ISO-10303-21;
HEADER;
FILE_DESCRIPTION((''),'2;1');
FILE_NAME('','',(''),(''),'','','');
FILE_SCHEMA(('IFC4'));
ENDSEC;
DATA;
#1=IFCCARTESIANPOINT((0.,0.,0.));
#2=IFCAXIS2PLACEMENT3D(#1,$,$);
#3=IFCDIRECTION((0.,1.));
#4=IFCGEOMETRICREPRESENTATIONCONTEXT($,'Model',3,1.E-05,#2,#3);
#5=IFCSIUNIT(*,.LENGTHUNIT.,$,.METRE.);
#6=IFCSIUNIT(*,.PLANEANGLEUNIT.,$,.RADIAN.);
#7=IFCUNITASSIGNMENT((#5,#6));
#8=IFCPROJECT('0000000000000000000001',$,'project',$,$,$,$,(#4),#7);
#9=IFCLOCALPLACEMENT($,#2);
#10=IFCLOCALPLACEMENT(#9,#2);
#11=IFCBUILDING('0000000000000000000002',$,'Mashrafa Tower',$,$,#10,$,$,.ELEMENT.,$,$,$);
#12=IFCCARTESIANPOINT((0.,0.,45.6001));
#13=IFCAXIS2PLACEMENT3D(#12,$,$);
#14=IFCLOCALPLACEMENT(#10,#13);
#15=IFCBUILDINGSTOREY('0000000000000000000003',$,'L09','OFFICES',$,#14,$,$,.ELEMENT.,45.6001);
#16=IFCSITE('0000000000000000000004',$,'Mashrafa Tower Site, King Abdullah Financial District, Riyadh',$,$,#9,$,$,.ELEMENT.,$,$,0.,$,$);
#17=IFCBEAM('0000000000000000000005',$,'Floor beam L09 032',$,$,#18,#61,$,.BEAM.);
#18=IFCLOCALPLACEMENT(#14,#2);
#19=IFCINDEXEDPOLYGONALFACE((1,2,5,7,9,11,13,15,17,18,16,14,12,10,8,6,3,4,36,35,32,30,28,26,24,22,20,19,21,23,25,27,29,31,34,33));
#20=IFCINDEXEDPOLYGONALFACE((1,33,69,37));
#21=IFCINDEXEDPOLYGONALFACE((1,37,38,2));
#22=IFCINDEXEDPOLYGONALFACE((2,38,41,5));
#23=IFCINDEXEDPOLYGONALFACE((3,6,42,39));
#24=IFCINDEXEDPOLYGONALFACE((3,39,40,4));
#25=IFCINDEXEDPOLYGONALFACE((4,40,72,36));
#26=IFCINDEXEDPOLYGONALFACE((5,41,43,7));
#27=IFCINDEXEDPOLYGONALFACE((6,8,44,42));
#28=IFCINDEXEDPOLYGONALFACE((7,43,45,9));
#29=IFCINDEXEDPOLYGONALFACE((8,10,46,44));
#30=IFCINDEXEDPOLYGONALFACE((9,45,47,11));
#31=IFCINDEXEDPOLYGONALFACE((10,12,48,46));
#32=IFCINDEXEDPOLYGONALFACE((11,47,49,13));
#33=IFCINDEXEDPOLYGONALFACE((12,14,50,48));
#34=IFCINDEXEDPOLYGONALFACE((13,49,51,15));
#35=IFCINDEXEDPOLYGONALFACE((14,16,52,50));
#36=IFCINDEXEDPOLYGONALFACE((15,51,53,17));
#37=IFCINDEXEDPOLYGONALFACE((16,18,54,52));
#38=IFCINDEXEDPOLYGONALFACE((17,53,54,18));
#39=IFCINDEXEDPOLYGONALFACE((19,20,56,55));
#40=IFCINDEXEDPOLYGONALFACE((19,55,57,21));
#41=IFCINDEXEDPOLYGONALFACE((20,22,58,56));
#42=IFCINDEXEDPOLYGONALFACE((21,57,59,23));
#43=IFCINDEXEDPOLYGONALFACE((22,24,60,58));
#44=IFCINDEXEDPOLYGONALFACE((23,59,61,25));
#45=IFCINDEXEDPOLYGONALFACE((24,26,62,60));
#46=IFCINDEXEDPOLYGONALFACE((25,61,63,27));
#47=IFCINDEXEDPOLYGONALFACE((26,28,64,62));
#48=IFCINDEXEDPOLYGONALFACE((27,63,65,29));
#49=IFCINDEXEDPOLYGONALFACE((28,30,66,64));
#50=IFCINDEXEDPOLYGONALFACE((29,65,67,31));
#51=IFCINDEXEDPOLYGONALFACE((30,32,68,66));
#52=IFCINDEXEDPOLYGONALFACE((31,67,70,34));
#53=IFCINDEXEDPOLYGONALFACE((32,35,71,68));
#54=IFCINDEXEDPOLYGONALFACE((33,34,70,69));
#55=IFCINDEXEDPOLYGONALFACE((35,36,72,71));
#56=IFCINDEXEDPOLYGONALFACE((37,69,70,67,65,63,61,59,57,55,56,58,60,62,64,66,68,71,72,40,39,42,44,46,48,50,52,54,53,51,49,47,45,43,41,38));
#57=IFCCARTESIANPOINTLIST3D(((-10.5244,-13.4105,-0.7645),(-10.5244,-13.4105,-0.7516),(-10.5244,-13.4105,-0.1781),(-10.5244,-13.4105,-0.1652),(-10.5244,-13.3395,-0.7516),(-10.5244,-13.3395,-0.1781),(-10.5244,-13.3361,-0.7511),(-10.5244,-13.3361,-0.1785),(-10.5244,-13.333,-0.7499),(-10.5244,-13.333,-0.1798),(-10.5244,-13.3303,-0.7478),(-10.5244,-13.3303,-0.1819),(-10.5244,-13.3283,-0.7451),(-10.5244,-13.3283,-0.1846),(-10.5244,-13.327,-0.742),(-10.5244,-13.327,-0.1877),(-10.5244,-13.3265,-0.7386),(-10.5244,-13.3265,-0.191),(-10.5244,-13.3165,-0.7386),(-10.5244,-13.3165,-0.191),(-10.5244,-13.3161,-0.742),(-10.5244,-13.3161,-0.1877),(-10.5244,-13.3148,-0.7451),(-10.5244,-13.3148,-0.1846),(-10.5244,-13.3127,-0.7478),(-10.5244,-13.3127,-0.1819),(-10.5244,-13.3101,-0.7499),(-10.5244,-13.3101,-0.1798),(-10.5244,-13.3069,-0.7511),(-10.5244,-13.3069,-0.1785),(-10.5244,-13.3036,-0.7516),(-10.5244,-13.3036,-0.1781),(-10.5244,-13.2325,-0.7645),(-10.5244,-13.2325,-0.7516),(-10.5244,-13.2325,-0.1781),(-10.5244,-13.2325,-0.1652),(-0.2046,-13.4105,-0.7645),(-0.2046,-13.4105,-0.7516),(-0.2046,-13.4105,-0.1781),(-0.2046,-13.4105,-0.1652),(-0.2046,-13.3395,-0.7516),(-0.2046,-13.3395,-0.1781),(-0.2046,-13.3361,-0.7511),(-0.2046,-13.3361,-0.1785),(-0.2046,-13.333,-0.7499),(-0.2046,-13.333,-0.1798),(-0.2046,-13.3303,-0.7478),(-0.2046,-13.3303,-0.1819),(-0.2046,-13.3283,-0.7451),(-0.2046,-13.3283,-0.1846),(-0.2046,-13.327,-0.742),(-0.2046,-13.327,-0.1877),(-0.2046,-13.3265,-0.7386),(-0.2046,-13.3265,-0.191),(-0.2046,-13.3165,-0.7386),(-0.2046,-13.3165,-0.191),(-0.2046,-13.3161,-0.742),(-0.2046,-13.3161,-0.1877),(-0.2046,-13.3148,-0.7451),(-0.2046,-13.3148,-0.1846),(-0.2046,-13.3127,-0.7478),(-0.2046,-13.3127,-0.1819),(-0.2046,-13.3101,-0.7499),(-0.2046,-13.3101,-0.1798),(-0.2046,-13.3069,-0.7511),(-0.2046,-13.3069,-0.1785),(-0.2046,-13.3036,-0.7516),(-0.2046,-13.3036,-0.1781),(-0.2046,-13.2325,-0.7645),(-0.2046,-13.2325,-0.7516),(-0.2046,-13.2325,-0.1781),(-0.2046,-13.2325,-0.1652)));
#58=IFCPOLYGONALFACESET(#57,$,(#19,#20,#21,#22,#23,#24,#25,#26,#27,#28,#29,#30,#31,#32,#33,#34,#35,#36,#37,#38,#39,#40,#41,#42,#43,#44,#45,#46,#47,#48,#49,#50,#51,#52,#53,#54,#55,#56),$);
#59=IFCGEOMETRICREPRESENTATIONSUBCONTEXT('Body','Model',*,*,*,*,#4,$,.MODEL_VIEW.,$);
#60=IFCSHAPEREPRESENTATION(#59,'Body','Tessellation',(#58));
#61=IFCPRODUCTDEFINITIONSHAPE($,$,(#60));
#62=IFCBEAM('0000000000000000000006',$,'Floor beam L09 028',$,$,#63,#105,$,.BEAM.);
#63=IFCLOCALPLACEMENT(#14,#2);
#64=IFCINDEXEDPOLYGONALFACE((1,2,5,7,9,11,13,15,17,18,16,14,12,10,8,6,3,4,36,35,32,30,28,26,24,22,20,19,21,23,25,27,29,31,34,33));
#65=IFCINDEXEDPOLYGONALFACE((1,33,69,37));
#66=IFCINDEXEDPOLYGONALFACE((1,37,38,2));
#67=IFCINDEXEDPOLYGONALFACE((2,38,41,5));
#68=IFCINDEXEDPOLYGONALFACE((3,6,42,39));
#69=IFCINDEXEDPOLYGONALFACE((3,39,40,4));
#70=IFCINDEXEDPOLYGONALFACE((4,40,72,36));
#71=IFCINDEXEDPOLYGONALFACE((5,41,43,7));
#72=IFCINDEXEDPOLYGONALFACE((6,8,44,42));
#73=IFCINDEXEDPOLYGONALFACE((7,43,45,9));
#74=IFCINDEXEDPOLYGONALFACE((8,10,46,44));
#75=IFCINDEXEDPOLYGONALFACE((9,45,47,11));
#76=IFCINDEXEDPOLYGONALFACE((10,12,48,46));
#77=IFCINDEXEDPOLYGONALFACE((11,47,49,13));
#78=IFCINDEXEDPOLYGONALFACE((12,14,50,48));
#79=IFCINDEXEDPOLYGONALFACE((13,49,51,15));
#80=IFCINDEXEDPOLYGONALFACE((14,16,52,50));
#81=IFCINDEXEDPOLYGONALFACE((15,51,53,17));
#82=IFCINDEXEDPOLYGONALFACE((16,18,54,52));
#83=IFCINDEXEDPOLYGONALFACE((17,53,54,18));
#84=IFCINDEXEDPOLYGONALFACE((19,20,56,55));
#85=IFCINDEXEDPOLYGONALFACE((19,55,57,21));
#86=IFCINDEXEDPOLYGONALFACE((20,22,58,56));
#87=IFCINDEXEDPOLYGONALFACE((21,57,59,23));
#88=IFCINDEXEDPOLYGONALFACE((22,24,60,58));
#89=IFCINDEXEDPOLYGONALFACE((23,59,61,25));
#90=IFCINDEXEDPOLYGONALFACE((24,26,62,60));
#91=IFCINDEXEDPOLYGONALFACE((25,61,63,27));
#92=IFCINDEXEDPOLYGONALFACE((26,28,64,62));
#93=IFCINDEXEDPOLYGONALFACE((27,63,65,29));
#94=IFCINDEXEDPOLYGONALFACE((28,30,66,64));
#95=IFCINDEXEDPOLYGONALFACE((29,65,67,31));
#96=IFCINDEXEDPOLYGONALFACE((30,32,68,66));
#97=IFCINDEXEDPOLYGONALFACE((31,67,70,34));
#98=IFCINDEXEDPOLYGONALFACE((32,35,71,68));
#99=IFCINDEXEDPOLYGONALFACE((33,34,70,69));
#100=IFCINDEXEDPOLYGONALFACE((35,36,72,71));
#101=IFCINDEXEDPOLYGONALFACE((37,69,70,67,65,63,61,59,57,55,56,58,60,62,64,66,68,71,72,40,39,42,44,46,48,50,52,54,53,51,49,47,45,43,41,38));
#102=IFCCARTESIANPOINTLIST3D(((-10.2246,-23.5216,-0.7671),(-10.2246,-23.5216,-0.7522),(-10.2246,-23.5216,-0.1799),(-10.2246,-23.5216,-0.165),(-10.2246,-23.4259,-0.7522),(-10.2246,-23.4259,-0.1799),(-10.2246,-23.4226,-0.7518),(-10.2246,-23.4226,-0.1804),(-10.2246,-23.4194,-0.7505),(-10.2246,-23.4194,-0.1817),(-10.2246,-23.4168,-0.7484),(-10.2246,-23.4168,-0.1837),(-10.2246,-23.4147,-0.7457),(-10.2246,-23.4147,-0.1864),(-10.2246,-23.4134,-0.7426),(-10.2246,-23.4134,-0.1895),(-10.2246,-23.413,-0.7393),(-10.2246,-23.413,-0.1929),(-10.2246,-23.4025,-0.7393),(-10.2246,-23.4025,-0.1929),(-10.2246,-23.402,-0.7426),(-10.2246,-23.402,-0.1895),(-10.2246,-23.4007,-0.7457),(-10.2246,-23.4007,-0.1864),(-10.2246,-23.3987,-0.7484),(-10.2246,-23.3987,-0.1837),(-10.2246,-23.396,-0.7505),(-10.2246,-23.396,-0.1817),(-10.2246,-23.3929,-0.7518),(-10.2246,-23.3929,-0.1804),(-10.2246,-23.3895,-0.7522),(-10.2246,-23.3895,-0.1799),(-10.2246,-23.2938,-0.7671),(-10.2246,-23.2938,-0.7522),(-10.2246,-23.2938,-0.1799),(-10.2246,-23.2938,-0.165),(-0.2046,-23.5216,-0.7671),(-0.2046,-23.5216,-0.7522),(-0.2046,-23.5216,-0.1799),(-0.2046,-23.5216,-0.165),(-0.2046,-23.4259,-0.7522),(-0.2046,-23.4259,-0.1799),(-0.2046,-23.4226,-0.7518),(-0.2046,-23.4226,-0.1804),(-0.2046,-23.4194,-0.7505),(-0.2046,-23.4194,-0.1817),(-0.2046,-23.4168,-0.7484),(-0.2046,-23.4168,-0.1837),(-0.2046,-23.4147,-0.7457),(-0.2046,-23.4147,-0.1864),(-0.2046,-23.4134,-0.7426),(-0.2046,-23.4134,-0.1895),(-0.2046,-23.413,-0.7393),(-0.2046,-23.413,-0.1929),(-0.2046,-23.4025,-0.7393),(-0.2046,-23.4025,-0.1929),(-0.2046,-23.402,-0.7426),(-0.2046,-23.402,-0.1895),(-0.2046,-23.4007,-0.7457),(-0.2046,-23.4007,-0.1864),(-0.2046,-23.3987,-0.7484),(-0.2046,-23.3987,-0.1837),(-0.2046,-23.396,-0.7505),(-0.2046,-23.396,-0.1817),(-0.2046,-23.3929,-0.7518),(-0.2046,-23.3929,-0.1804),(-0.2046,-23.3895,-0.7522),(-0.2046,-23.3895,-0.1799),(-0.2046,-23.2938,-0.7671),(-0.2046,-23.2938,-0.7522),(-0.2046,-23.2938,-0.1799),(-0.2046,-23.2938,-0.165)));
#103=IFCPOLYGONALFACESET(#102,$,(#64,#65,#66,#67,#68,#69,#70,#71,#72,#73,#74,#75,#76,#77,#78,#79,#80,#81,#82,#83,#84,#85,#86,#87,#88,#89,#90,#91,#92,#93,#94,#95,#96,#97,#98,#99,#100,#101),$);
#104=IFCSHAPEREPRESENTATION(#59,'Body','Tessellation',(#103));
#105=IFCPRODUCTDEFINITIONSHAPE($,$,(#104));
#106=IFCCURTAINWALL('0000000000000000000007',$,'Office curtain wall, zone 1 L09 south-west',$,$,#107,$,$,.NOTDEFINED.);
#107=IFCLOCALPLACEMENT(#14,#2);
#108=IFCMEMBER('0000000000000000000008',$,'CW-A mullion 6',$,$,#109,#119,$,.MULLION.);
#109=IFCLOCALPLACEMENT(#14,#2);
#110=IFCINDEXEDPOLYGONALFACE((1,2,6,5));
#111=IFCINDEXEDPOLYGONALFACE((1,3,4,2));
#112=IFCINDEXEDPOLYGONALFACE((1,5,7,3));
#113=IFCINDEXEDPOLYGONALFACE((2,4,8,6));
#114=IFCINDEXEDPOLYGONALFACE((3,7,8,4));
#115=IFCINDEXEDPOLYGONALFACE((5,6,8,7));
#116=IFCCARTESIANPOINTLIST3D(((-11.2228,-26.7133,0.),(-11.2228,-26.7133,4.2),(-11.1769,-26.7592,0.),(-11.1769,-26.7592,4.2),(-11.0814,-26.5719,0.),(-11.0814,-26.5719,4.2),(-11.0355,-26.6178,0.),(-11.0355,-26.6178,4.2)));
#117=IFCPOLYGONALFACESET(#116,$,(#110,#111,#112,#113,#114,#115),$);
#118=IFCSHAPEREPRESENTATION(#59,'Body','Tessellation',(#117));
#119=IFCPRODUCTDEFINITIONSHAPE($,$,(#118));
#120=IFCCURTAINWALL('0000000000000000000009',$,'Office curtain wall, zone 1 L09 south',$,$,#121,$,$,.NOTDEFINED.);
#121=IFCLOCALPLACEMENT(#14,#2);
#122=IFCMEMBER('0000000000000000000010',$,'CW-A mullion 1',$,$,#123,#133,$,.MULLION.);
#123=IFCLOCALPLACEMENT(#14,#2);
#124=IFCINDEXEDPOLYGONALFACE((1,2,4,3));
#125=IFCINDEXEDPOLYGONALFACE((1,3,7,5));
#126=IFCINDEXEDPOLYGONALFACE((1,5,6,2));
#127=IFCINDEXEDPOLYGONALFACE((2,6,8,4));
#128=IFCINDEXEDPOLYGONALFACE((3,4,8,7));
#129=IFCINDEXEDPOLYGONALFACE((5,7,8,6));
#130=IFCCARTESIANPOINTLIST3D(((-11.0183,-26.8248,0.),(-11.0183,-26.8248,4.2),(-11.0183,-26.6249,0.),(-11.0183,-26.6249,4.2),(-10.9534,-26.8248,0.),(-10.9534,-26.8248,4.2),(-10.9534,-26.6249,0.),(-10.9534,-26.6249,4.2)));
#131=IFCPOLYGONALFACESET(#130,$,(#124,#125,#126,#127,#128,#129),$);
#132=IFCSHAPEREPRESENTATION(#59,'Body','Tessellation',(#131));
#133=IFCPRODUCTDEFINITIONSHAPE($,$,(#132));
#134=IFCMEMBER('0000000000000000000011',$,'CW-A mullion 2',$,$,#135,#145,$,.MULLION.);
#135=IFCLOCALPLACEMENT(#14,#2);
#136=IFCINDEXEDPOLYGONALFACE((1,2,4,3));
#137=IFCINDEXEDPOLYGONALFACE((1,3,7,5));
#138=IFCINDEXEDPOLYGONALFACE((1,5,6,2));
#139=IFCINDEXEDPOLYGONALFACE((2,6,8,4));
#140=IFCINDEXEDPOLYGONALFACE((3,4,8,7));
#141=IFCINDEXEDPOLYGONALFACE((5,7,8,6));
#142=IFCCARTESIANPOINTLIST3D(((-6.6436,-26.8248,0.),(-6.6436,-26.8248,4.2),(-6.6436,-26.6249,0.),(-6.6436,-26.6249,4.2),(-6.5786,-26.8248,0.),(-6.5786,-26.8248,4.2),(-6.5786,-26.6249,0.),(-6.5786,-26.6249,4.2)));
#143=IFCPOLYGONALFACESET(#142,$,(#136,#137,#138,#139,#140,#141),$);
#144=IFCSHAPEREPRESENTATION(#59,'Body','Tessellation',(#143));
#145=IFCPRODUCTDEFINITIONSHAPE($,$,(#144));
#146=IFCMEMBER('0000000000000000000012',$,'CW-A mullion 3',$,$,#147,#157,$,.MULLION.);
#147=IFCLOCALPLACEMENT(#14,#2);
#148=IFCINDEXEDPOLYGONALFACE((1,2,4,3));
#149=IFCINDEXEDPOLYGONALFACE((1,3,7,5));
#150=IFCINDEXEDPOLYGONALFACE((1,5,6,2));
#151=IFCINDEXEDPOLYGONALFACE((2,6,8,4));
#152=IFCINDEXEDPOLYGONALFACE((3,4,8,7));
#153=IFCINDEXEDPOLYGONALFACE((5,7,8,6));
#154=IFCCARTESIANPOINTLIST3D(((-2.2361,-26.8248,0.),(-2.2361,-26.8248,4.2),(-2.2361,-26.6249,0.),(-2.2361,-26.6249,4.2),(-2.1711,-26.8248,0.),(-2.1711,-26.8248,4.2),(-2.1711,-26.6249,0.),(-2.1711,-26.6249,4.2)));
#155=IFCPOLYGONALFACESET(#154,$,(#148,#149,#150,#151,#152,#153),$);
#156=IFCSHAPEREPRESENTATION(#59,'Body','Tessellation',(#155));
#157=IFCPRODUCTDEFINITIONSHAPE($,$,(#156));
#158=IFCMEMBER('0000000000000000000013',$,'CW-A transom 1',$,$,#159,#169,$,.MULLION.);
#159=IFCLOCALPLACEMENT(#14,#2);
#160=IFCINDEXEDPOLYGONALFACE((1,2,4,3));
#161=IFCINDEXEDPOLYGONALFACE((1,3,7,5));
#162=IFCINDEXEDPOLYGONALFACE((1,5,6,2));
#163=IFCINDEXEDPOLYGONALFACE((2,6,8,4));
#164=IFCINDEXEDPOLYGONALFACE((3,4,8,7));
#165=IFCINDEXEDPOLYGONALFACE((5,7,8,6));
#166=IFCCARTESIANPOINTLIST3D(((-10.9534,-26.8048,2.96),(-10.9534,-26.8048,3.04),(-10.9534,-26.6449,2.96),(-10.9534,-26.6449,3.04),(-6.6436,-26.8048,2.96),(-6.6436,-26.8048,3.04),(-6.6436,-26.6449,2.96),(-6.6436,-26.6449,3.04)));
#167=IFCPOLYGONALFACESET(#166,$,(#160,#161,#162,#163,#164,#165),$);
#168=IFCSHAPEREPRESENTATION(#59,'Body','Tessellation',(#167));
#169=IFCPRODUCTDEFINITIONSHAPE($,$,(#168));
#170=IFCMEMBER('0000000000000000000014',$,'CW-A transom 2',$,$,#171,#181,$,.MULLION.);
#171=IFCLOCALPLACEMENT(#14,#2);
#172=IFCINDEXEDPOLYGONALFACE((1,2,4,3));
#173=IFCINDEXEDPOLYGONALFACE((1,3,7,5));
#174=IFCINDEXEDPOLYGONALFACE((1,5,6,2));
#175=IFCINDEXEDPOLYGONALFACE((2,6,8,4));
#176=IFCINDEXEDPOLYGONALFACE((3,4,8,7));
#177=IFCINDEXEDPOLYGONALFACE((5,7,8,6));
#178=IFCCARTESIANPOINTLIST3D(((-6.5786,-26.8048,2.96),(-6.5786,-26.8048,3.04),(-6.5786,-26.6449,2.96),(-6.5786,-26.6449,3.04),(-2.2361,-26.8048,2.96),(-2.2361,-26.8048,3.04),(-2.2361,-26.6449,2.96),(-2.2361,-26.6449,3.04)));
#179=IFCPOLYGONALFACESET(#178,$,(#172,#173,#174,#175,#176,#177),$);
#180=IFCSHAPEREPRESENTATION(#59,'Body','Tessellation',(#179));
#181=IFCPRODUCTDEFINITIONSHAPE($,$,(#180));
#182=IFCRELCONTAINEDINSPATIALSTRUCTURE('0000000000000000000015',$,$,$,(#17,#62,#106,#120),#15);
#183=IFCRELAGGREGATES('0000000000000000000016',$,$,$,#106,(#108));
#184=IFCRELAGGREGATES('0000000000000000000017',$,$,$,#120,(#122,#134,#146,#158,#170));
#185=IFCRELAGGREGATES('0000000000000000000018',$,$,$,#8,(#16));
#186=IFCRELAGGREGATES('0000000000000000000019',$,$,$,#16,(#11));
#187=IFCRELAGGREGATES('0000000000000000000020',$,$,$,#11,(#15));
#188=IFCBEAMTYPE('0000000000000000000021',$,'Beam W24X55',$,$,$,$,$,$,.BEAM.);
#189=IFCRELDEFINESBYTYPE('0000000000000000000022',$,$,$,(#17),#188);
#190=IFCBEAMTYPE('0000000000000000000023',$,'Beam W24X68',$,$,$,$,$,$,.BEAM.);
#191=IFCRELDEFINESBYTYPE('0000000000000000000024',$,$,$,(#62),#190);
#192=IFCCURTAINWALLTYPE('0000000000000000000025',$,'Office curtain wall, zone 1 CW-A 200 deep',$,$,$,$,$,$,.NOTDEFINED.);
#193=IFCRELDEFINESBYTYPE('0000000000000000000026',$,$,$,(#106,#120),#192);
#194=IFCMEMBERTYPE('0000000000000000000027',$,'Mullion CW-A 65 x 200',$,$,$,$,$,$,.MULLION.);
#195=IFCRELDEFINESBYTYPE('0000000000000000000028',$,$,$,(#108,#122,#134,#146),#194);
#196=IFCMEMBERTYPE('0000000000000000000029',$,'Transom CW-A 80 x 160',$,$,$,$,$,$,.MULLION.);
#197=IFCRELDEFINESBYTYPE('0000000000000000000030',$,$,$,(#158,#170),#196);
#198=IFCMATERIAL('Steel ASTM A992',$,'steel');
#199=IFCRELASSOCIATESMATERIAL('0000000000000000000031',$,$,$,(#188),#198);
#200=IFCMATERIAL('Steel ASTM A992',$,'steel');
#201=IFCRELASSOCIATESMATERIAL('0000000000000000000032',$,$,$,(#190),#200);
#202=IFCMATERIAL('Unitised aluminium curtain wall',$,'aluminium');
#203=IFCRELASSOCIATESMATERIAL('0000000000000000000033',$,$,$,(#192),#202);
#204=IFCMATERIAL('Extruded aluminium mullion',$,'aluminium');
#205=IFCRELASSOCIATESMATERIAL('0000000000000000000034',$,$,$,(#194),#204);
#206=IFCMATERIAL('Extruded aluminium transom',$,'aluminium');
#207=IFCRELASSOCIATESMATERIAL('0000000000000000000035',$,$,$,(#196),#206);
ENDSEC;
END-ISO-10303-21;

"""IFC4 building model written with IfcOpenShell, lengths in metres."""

from ifc_helpers import new_model, si_unit, direction, frame, origin, origin_2d, place, context, subcontext, project, spatial, rectangle, i_section, extrude, source, transform, mapped, material, material_profile, profile_set, type_object, type_shapes, element, aggregate, save


model = new_model("IFC4")

# Units and contexts
model_context = context("Model", 3, precision=1e-05, world=origin(), true_north=direction((0.0, 1.0)))
body_context = subcontext(model_context, "Body", "Model", "MODEL_VIEW")
ifc_project = project(units=[si_unit("LENGTHUNIT", "METRE"), si_unit("PLANEANGLEUNIT", "RADIAN")], contexts=[model_context])

# Site, building, storey
site_placement = place(None, origin())
site = spatial("IfcSite", under=ifc_project, at=site_placement, Name="Mashrafa Tower Site, King Abdullah Financial District, Riyadh", CompositionType="ELEMENT", RefElevation=0.0)
building_placement = place(site_placement, origin())
building = spatial("IfcBuilding", under=site, at=building_placement, Name="Mashrafa Tower", CompositionType="ELEMENT")
storey_placement = place(building_placement, frame((0.0, 0.0, 45.6001)))
storey = spatial("IfcBuildingStorey", under=building, at=storey_placement, Name="L09", Description="OFFICES", CompositionType="ELEMENT", Elevation=45.6001)

# Beams
ifc_material_1 = material(Name="Steel ASTM A992", Category="steel")
ifc_material_profile_1 = material_profile(ifc_material_1, i_section(OverallWidth=0.178, OverallDepth=0.5994, WebThickness=0.01, FlangeThickness=0.0129, FilletRadius=0.0129, at=origin_2d()), Name="W24X55")
ifc_profile_set_1 = profile_set([ifc_material_profile_1], Name="Steel ASTM A992")
beam_type_1 = type_object("IfcBeamType", Name="Beam W24X55", PredefinedType="BEAM", material=ifc_profile_set_1)
beam_1_placement = place(storey_placement, frame((-0.2046, -13.3215, -0.4648), z_axis=(-1.0, 0.0, 0.0), x_axis=(0.0, -1.0, 0.0)))
element("IfcBeam", 1, at=beam_1_placement, inside=storey, type_object=beam_type_1, Name="Floor beam L09 032", PredefinedType="BEAM", context=body_context, shape_type="SweptSolid", body=[
    extrude(i_section(OverallWidth=0.178, OverallDepth=0.5994, WebThickness=0.01, FlangeThickness=0.0129, FilletRadius=0.0129, at=origin_2d()), origin(), (0.0, 0.0, 1.0), 10.3198),
])
ifc_material_2 = material(Name="Steel ASTM A992", Category="steel")
ifc_material_profile_2 = material_profile(ifc_material_2, i_section(OverallWidth=0.2278, OverallDepth=0.6021, WebThickness=0.0105, FlangeThickness=0.0149, FilletRadius=0.0129, at=origin_2d()), Name="W24X68")
ifc_profile_set_2 = profile_set([ifc_material_profile_2], Name="Steel ASTM A992")
beam_type_2 = type_object("IfcBeamType", Name="Beam W24X68", PredefinedType="BEAM", material=ifc_profile_set_2)
beam_2_placement = place(storey_placement, frame((-0.2046, -23.4077, -0.4661), z_axis=(-1.0, 0.0, 0.0), x_axis=(0.0, -1.0, 0.0)))
element("IfcBeam", 2, at=beam_2_placement, inside=storey, type_object=beam_type_2, Name="Floor beam L09 028", PredefinedType="BEAM", context=body_context, shape_type="SweptSolid", body=[
    extrude(i_section(OverallWidth=0.2278, OverallDepth=0.6021, WebThickness=0.0105, FlangeThickness=0.0149, FilletRadius=0.0129, at=origin_2d()), origin(), (0.0, 0.0, 1.0), 10.02),
])

# Curtain wall, member
ifc_material_3 = material(Name="Unitised aluminium curtain wall", Category="aluminium")
curtain_wall_type = type_object("IfcCurtainWallType", Name="Office curtain wall, zone 1 CW-A 200 deep", PredefinedType="NOTDEFINED", material=ifc_material_3)
curtain_wall_1_placement = place(storey_placement, origin())
curtain_wall_1 = element("IfcCurtainWall", 3, at=curtain_wall_1_placement, inside=storey, type_object=curtain_wall_type, Name="Office curtain wall, zone 1 L09 south-west", PredefinedType="NOTDEFINED")
ifc_material_4 = material(Name="Extruded aluminium mullion", Category="aluminium")
ifc_material_profile_3 = material_profile(ifc_material_4, rectangle(XDim=0.2, YDim=0.0649, at=origin_2d()), Name="Mullion 65x200")
ifc_profile_set_3 = profile_set([ifc_material_profile_3], Name="Extruded aluminium mullion")
member_type_1 = type_object("IfcMemberType", Name="Mullion CW-A 65 x 200", PredefinedType="MULLION", material=ifc_profile_set_3)
shared_shape_1 = source(origin(), body_context, "Body", "SweptSolid", [
    extrude(rectangle(XDim=0.2, YDim=0.0649, at=origin_2d()), origin(), (0.0, 0.0, 1.0), 4.2),
])
type_shapes(member_type_1, [shared_shape_1])
member_1_placement = place(storey_placement, frame((-11.1292, -26.6655, 0.0), z_axis=(0.0, 0.0, 1.0), x_axis=(0.707107, 0.707107, 0.0)))
member_1 = element("IfcMember", 4, at=member_1_placement, type_object=member_type_1, Name="CW-A mullion 6", PredefinedType="MULLION", context=body_context, shape_type="MappedRepresentation", body=[
    mapped(shared_shape_1, transform((0.0, 0.0, 0.0))),
])

# Curtain wall, members
curtain_wall_2_placement = place(storey_placement, origin())
curtain_wall_2 = element("IfcCurtainWall", 5, at=curtain_wall_2_placement, inside=storey, type_object=curtain_wall_type, Name="Office curtain wall, zone 1 L09 south", PredefinedType="NOTDEFINED")
member_2_placement = place(storey_placement, frame((-10.9858, -26.7249, 0.0), z_axis=(0.0, 0.0, 1.0), x_axis=(0.0, 1.0, 0.0)))
member_2 = element("IfcMember", 6, at=member_2_placement, type_object=member_type_1, Name="CW-A mullion 1", PredefinedType="MULLION", context=body_context, shape_type="MappedRepresentation", body=[
    mapped(shared_shape_1, transform((0.0, 0.0, 0.0))),
])
member_3_placement = place(storey_placement, frame((-6.6111, -26.7249, 0.0), z_axis=(0.0, 0.0, 1.0), x_axis=(0.0, 1.0, 0.0)))
member_3 = element("IfcMember", 7, at=member_3_placement, type_object=member_type_1, Name="CW-A mullion 2", PredefinedType="MULLION", context=body_context, shape_type="MappedRepresentation", body=[
    mapped(shared_shape_1, transform((0.0, 0.0, 0.0))),
])
member_4_placement = place(storey_placement, frame((-2.2036, -26.7249, 0.0), z_axis=(0.0, 0.0, 1.0), x_axis=(0.0, 1.0, 0.0)))
member_4 = element("IfcMember", 8, at=member_4_placement, type_object=member_type_1, Name="CW-A mullion 3", PredefinedType="MULLION", context=body_context, shape_type="MappedRepresentation", body=[
    mapped(shared_shape_1, transform((0.0, 0.0, 0.0))),
])
ifc_material_5 = material(Name="Extruded aluminium transom", Category="aluminium")
ifc_material_profile_4 = material_profile(ifc_material_5, rectangle(XDim=0.1599, YDim=0.0801, at=origin_2d()), Name="Transom 80x160")
ifc_profile_set_4 = profile_set([ifc_material_profile_4], Name="Extruded aluminium transom")
member_type_2 = type_object("IfcMemberType", Name="Transom CW-A 80 x 160", PredefinedType="MULLION", material=ifc_profile_set_4)
shared_shape_2 = source(origin(), body_context, "Body", "SweptSolid", [
    extrude(rectangle(XDim=0.1599, YDim=0.0801, at=origin_2d()), origin(), (0.0, 0.0, 1.0), 4.3098),
])
member_5_placement = place(storey_placement, frame((-10.9534, -26.7249, 3.0), z_axis=(1.0, 0.0, 0.0), x_axis=(0.0, 1.0, 0.0)))
member_5 = element("IfcMember", 9, at=member_5_placement, type_object=member_type_2, Name="CW-A transom 1", PredefinedType="MULLION", context=body_context, shape_type="MappedRepresentation", body=[
    mapped(shared_shape_2, transform((0.0, 0.0, 0.0))),
])
shared_shape_3 = source(origin(), body_context, "Body", "SweptSolid", [
    extrude(rectangle(XDim=0.1599, YDim=0.0801, at=origin_2d()), origin(), (0.0, 0.0, 1.0), 4.3425),
])
member_6_placement = place(storey_placement, frame((-6.5786, -26.7249, 3.0), z_axis=(1.0, 0.0, 0.0), x_axis=(0.0, 1.0, 0.0)))
member_6 = element("IfcMember", 10, at=member_6_placement, type_object=member_type_2, Name="CW-A transom 2", PredefinedType="MULLION", context=body_context, shape_type="MappedRepresentation", body=[
    mapped(shared_shape_3, transform((0.0, 0.0, 0.0))),
])

aggregate(curtain_wall_1, [member_1])
aggregate(curtain_wall_2, [member_2, member_3, member_4, member_5, member_6])

save(model, "model.ifc")
